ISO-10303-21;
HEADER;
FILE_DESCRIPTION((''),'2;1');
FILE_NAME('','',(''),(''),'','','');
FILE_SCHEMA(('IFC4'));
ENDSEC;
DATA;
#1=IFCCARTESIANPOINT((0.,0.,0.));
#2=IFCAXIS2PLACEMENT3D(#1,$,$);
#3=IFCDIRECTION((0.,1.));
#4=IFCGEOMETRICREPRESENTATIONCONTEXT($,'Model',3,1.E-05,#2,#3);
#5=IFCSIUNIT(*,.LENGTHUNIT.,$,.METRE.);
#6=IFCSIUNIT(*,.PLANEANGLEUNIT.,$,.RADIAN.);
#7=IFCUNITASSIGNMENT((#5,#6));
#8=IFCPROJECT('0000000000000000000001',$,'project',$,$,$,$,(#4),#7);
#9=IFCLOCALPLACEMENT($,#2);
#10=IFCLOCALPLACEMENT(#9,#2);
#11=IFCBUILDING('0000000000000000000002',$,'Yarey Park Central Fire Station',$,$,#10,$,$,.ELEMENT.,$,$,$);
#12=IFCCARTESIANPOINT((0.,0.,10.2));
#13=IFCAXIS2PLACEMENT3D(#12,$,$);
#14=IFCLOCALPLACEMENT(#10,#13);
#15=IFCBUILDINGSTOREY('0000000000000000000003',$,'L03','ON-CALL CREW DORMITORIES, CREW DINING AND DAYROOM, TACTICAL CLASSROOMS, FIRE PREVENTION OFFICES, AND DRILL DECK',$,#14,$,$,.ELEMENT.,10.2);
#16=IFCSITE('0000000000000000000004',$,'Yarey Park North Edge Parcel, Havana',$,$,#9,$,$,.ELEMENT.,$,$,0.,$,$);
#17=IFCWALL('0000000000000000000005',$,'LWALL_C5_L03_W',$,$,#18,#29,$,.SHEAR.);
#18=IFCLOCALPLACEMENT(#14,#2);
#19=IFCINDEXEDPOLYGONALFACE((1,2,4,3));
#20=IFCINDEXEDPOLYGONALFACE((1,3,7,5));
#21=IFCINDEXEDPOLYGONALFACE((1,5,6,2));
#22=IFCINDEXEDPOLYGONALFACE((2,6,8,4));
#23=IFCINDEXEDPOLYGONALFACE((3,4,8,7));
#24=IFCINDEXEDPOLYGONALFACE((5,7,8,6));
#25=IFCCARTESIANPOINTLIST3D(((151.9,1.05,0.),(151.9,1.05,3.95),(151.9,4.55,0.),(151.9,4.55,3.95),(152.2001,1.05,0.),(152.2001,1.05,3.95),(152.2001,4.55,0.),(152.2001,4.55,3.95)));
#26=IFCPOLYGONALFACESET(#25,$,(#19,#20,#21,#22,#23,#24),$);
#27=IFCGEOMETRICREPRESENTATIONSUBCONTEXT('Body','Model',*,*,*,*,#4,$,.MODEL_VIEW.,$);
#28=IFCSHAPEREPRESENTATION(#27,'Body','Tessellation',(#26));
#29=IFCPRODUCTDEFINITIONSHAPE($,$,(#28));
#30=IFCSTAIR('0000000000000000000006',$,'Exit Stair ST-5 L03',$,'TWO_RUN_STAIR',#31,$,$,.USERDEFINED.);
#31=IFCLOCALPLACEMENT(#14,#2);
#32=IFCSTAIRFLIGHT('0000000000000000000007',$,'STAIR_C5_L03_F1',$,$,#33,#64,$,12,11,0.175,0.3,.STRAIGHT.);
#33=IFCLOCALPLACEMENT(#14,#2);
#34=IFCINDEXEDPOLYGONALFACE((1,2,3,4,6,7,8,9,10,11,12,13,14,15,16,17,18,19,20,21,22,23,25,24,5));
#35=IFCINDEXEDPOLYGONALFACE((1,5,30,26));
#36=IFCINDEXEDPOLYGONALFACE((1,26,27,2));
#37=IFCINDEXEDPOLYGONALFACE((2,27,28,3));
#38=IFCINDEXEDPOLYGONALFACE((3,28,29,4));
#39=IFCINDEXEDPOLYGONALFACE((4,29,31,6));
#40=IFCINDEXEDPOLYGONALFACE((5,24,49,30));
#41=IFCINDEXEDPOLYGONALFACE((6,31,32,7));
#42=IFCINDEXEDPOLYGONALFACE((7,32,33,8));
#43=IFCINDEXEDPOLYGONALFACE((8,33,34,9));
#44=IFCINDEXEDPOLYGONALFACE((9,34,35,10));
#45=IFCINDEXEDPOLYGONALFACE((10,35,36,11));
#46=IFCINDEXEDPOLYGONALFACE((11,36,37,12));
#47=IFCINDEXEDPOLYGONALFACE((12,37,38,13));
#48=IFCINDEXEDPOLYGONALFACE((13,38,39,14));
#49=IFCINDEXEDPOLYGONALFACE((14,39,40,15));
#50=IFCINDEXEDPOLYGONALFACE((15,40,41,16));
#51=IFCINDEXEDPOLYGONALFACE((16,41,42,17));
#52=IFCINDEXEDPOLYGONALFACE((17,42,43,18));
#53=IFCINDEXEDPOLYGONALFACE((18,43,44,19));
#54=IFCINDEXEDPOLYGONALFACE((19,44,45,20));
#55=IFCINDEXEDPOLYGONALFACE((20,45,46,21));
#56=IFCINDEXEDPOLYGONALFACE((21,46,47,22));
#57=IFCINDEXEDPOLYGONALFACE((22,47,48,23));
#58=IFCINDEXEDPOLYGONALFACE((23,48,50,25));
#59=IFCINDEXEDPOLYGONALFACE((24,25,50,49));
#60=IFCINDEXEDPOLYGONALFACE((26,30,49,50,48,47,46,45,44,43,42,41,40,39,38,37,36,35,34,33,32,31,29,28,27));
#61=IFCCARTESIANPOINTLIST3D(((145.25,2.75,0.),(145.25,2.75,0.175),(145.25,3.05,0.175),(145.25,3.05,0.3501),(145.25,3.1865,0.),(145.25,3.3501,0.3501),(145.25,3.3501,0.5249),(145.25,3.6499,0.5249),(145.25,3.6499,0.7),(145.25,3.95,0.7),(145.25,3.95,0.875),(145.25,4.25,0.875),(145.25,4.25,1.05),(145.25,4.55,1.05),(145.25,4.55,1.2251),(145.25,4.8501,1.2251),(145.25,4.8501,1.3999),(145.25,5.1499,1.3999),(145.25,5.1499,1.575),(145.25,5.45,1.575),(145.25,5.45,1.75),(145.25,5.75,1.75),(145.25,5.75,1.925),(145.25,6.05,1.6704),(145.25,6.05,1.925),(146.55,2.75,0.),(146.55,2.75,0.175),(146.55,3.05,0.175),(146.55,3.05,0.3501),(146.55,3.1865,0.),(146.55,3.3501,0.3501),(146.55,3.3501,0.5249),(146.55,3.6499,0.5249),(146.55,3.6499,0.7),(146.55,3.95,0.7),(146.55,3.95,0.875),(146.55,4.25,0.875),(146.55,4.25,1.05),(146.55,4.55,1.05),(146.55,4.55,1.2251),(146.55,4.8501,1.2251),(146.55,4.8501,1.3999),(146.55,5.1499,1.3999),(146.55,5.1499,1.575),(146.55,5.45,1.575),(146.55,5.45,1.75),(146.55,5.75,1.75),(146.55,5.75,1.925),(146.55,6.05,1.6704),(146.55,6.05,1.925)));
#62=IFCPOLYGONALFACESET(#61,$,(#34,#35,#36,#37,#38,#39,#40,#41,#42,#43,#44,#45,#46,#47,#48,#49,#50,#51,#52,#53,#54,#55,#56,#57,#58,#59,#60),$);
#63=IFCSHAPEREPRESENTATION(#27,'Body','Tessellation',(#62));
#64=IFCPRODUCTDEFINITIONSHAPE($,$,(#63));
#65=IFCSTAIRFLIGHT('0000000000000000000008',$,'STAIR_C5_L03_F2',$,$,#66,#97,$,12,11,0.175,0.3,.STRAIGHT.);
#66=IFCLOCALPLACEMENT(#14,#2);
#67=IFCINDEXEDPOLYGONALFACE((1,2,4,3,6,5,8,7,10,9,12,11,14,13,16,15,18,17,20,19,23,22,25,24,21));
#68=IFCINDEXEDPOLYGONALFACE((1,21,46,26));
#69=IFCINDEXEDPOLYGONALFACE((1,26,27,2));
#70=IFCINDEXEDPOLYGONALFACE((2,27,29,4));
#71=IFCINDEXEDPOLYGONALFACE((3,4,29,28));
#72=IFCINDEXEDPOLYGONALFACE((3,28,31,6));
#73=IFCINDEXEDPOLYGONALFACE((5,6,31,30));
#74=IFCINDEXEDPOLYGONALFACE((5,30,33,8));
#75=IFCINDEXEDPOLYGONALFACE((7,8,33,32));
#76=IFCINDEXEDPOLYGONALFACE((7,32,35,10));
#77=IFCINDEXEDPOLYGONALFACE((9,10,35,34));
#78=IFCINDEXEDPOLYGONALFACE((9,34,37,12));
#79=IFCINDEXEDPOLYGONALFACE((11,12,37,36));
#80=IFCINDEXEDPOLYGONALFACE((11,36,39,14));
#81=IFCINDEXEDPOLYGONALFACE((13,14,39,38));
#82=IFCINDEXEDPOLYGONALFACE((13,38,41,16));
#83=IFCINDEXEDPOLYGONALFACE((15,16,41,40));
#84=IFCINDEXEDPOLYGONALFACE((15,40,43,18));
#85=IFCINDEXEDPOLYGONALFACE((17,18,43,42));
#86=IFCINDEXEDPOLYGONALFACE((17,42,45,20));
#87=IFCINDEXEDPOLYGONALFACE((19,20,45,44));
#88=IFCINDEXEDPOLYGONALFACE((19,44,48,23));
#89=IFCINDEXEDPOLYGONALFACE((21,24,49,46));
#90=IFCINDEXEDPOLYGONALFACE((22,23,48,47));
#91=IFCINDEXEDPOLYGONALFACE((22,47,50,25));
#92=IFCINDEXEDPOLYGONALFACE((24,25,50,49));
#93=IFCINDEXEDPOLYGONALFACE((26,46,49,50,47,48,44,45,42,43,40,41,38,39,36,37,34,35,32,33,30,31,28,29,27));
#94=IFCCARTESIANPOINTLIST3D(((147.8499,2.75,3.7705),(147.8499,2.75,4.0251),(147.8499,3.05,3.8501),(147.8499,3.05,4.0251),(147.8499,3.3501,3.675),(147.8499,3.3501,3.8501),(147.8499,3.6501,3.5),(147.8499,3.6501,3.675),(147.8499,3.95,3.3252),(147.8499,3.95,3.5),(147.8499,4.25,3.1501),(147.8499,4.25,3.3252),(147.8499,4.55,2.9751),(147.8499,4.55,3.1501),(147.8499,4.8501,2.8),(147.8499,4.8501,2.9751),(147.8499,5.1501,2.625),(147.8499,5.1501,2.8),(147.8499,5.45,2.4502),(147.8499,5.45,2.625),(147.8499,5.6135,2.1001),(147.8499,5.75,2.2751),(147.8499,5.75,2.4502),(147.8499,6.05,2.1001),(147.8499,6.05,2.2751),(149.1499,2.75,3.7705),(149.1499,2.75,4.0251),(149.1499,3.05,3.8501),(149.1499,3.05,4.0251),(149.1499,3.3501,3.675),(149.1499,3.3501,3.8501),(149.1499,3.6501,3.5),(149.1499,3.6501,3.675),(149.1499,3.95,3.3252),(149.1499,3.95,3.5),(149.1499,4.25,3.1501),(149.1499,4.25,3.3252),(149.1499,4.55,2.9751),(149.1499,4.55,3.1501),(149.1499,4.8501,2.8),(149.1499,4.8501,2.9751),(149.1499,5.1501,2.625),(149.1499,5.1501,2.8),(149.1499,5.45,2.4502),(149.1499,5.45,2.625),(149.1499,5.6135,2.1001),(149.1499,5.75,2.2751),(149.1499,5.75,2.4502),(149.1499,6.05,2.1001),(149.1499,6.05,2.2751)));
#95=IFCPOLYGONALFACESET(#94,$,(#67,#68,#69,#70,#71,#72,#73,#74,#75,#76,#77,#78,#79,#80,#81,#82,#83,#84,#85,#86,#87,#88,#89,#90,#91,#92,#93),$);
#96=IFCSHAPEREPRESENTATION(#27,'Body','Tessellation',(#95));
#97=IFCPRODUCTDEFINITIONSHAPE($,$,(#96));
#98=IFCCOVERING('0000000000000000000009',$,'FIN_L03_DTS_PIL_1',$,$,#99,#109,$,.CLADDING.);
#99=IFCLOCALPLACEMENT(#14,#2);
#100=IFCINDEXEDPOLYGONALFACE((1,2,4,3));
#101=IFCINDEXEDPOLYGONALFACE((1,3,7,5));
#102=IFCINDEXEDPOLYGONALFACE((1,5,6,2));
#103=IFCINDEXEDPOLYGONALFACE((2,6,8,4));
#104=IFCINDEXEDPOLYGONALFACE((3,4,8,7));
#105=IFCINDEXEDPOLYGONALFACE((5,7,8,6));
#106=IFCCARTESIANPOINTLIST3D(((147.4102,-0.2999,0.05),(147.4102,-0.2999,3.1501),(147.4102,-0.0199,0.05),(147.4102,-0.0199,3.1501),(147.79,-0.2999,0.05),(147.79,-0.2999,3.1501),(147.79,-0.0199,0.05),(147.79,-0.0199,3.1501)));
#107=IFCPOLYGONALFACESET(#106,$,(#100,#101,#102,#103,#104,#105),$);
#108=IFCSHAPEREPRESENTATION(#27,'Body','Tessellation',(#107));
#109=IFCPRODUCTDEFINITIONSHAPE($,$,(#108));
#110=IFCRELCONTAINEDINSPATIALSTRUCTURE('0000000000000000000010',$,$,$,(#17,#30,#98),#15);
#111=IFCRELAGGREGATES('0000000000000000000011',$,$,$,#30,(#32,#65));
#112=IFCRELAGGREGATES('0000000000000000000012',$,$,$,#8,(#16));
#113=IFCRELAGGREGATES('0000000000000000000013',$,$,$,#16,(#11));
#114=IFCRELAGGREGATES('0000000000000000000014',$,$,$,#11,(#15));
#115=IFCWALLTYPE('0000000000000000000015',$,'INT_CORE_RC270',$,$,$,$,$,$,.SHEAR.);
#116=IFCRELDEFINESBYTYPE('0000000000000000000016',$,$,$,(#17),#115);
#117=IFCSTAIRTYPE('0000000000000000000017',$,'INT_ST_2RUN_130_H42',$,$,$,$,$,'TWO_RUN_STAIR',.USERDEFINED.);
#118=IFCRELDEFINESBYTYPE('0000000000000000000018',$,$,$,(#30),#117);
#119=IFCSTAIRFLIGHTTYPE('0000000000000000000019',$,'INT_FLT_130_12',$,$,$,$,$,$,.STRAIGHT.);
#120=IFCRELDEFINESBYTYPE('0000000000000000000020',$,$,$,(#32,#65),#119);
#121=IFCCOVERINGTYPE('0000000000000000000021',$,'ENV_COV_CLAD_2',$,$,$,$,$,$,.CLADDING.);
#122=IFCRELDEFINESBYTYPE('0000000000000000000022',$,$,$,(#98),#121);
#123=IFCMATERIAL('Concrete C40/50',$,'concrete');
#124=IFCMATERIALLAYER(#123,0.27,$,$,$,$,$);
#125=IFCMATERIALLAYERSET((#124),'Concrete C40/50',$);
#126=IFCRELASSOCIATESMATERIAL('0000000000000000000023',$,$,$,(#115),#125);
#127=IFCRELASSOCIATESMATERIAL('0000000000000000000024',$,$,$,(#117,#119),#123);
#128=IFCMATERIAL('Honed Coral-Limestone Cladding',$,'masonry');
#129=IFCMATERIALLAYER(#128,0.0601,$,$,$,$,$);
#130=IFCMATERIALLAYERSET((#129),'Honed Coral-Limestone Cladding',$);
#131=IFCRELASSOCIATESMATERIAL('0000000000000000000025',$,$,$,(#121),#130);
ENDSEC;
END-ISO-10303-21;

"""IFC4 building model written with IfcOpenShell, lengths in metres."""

from ifc_helpers import new_model, si_unit, direction, frame, frame_2d, origin, origin_2d, place, context, subcontext, project, spatial, polyline, rectangle, outline, extrude, material, layer, layer_set, type_object, element, aggregate, save


model = new_model("IFC4")

# Units and contexts
model_context = context("Model", 3, precision=1e-05, world=origin(), true_north=direction((0.0, 1.0)))
body_context = subcontext(model_context, "Body", "Model", "MODEL_VIEW")
ifc_project = project(units=[si_unit("LENGTHUNIT", "METRE"), si_unit("PLANEANGLEUNIT", "RADIAN")], contexts=[model_context])

# Site, building, storey
site_placement = place(None, origin())
site = spatial("IfcSite", under=ifc_project, at=site_placement, Name="Yarey Park North Edge Parcel, Havana", CompositionType="ELEMENT", RefElevation=0.0)
building_placement = place(site_placement, origin())
building = spatial("IfcBuilding", under=site, at=building_placement, Name="Yarey Park Central Fire Station", CompositionType="ELEMENT")
storey_placement = place(building_placement, frame((0.0, 0.0, 10.2)))
storey = spatial("IfcBuildingStorey", under=building, at=storey_placement, Name="L03", Description="ON-CALL CREW DORMITORIES, CREW DINING AND DAYROOM, TACTICAL CLASSROOMS, FIRE PREVENTION OFFICES, AND DRILL DECK", CompositionType="ELEMENT", Elevation=10.2)

# Shared definitions
ifc_material_1 = material(Name="Concrete C40/50", Category="concrete")
ifc_layer_1 = layer(ifc_material_1, 0.27)
ifc_layer_set_1 = layer_set([ifc_layer_1], Name="Concrete C40/50")
wall_type = type_object("IfcWallType", Name="INT_CORE_RC270", PredefinedType="SHEAR", material=ifc_layer_set_1)

# Wall
wall_1_placement = place(storey_placement, frame((152.05, 4.55, 0.0), z_axis=(0.0, 0.0, 1.0), x_axis=(0.0, -1.0, 0.0)))
element("IfcWall", 1, at=wall_1_placement, inside=storey, type_object=wall_type, Name="LWALL_C5_L03_W", PredefinedType="SHEAR", context=body_context, shape_type="SweptSolid", body=[
    extrude(rectangle(XDim=3.5, YDim=0.3, at=frame_2d((1.75, 0.0))), origin(), (0.0, 0.0, 1.0), 3.95),
])

# Stair, stair flights
stair_type = type_object("IfcStairType", Name="INT_ST_2RUN_130_H42", ElementType="TWO_RUN_STAIR", PredefinedType="USERDEFINED", material=ifc_material_1)
stair_placement = place(storey_placement, origin())
stair = element("IfcStair", 2, at=stair_placement, inside=storey, type_object=stair_type, Name="Exit Stair ST-5 L03", ObjectType="TWO_RUN_STAIR", PredefinedType="USERDEFINED")
stair_flight_type = type_object("IfcStairFlightType", Name="INT_FLT_130_12", PredefinedType="STRAIGHT", material=ifc_material_1)
stair_flight_1_placement = place(storey_placement, frame((145.8999, 2.75, 0.0), z_axis=(0.0, 0.0, 1.0), x_axis=(0.0, 1.0, 0.0)))
stair_flight_1 = element("IfcStairFlight", 3, at=stair_flight_1_placement, type_object=stair_flight_type, Name="STAIR_C5_L03_F1", NumberOfRisers=12, NumberOfTreads=11, PredefinedType="STRAIGHT", RiserHeight=0.175, TreadLength=0.3, context=body_context, shape_type="SweptSolid", body=[
    extrude(outline(polyline([(0.0, 0.0), (0.0, 0.175), (0.3, 0.175), (0.3, 0.3501), (0.6001, 0.3501), (0.6001, 0.5249), (0.8999, 0.5249), (0.8999, 0.7), (1.2, 0.7), (1.2, 0.875), (1.5, 0.875), (1.5, 1.05), (1.8, 1.05), (1.8, 1.2251), (2.1001, 1.2251), (2.1001, 1.3999), (2.3999, 1.3999), (2.3999, 1.575), (2.7, 1.575), (2.7, 1.75), (3.0, 1.75), (3.0, 1.925), (3.3, 1.925), (3.3, 2.1001), (3.3, 1.6704), (0.4365, 0.0), (0.0, 0.0)])), frame((0.0, 0.6499, 0.0), z_axis=(0.0, -1.0, 0.0), x_axis=(1.0, 0.0, 0.0)), (0.0, 0.0, 1.0), 1.3),
])
stair_flight_2_placement = place(storey_placement, frame((148.5, 6.05, 2.1001), z_axis=(0.0, 0.0, 1.0), x_axis=(0.0, -1.0, 0.0)))
stair_flight_2 = element("IfcStairFlight", 4, at=stair_flight_2_placement, type_object=stair_flight_type, Name="STAIR_C5_L03_F2", NumberOfRisers=12, NumberOfTreads=11, PredefinedType="STRAIGHT", RiserHeight=0.175, TreadLength=0.3, context=body_context, shape_type="SweptSolid", body=[
    extrude(outline(polyline([(0.0, 0.0), (0.0, 0.175), (0.3, 0.175), (0.3, 0.3501), (0.6001, 0.3501), (0.6001, 0.5249), (0.8999, 0.5249), (0.8999, 0.7), (1.2, 0.7), (1.2, 0.875), (1.5, 0.875), (1.5, 1.05), (1.8, 1.05), (1.8, 1.2251), (2.1001, 1.2251), (2.1001, 1.3999), (2.3999, 1.3999), (2.3999, 1.575), (2.7, 1.575), (2.7, 1.75), (3.0, 1.75), (3.0, 1.925), (3.3, 1.925), (3.3, 2.1001), (3.3, 1.6704), (0.4365, 0.0), (0.0, 0.0)])), frame((0.0, 0.6499, 0.0), z_axis=(0.0, -1.0, 0.0), x_axis=(1.0, 0.0, 0.0)), (0.0, 0.0, 1.0), 1.3),
])
aggregate(stair, [stair_flight_1, stair_flight_2])

# Covering
ifc_material_2 = material(Name="Honed Coral-Limestone Cladding", Category="masonry")
ifc_layer_2 = layer(ifc_material_2, 0.0601)
ifc_layer_set_2 = layer_set([ifc_layer_2], Name="Honed Coral-Limestone Cladding")
covering_type = type_object("IfcCoveringType", Name="ENV_COV_CLAD_2", PredefinedType="CLADDING", material=ifc_layer_set_2)
covering_placement = place(storey_placement, frame((147.6001, -0.1599, 0.05), z_axis=(0.0, 0.0, 1.0), x_axis=(1.0, 0.0, 0.0)))
element("IfcCovering", 5, at=covering_placement, inside=storey, type_object=covering_type, Name="FIN_L03_DTS_PIL_1", PredefinedType="CLADDING", context=body_context, shape_type="SweptSolid", body=[
    extrude(rectangle(XDim=0.3799, YDim=0.28, at=origin_2d()), origin(), (0.0, 0.0, 1.0), 3.1001),
])

save(model, "model.ifc")
